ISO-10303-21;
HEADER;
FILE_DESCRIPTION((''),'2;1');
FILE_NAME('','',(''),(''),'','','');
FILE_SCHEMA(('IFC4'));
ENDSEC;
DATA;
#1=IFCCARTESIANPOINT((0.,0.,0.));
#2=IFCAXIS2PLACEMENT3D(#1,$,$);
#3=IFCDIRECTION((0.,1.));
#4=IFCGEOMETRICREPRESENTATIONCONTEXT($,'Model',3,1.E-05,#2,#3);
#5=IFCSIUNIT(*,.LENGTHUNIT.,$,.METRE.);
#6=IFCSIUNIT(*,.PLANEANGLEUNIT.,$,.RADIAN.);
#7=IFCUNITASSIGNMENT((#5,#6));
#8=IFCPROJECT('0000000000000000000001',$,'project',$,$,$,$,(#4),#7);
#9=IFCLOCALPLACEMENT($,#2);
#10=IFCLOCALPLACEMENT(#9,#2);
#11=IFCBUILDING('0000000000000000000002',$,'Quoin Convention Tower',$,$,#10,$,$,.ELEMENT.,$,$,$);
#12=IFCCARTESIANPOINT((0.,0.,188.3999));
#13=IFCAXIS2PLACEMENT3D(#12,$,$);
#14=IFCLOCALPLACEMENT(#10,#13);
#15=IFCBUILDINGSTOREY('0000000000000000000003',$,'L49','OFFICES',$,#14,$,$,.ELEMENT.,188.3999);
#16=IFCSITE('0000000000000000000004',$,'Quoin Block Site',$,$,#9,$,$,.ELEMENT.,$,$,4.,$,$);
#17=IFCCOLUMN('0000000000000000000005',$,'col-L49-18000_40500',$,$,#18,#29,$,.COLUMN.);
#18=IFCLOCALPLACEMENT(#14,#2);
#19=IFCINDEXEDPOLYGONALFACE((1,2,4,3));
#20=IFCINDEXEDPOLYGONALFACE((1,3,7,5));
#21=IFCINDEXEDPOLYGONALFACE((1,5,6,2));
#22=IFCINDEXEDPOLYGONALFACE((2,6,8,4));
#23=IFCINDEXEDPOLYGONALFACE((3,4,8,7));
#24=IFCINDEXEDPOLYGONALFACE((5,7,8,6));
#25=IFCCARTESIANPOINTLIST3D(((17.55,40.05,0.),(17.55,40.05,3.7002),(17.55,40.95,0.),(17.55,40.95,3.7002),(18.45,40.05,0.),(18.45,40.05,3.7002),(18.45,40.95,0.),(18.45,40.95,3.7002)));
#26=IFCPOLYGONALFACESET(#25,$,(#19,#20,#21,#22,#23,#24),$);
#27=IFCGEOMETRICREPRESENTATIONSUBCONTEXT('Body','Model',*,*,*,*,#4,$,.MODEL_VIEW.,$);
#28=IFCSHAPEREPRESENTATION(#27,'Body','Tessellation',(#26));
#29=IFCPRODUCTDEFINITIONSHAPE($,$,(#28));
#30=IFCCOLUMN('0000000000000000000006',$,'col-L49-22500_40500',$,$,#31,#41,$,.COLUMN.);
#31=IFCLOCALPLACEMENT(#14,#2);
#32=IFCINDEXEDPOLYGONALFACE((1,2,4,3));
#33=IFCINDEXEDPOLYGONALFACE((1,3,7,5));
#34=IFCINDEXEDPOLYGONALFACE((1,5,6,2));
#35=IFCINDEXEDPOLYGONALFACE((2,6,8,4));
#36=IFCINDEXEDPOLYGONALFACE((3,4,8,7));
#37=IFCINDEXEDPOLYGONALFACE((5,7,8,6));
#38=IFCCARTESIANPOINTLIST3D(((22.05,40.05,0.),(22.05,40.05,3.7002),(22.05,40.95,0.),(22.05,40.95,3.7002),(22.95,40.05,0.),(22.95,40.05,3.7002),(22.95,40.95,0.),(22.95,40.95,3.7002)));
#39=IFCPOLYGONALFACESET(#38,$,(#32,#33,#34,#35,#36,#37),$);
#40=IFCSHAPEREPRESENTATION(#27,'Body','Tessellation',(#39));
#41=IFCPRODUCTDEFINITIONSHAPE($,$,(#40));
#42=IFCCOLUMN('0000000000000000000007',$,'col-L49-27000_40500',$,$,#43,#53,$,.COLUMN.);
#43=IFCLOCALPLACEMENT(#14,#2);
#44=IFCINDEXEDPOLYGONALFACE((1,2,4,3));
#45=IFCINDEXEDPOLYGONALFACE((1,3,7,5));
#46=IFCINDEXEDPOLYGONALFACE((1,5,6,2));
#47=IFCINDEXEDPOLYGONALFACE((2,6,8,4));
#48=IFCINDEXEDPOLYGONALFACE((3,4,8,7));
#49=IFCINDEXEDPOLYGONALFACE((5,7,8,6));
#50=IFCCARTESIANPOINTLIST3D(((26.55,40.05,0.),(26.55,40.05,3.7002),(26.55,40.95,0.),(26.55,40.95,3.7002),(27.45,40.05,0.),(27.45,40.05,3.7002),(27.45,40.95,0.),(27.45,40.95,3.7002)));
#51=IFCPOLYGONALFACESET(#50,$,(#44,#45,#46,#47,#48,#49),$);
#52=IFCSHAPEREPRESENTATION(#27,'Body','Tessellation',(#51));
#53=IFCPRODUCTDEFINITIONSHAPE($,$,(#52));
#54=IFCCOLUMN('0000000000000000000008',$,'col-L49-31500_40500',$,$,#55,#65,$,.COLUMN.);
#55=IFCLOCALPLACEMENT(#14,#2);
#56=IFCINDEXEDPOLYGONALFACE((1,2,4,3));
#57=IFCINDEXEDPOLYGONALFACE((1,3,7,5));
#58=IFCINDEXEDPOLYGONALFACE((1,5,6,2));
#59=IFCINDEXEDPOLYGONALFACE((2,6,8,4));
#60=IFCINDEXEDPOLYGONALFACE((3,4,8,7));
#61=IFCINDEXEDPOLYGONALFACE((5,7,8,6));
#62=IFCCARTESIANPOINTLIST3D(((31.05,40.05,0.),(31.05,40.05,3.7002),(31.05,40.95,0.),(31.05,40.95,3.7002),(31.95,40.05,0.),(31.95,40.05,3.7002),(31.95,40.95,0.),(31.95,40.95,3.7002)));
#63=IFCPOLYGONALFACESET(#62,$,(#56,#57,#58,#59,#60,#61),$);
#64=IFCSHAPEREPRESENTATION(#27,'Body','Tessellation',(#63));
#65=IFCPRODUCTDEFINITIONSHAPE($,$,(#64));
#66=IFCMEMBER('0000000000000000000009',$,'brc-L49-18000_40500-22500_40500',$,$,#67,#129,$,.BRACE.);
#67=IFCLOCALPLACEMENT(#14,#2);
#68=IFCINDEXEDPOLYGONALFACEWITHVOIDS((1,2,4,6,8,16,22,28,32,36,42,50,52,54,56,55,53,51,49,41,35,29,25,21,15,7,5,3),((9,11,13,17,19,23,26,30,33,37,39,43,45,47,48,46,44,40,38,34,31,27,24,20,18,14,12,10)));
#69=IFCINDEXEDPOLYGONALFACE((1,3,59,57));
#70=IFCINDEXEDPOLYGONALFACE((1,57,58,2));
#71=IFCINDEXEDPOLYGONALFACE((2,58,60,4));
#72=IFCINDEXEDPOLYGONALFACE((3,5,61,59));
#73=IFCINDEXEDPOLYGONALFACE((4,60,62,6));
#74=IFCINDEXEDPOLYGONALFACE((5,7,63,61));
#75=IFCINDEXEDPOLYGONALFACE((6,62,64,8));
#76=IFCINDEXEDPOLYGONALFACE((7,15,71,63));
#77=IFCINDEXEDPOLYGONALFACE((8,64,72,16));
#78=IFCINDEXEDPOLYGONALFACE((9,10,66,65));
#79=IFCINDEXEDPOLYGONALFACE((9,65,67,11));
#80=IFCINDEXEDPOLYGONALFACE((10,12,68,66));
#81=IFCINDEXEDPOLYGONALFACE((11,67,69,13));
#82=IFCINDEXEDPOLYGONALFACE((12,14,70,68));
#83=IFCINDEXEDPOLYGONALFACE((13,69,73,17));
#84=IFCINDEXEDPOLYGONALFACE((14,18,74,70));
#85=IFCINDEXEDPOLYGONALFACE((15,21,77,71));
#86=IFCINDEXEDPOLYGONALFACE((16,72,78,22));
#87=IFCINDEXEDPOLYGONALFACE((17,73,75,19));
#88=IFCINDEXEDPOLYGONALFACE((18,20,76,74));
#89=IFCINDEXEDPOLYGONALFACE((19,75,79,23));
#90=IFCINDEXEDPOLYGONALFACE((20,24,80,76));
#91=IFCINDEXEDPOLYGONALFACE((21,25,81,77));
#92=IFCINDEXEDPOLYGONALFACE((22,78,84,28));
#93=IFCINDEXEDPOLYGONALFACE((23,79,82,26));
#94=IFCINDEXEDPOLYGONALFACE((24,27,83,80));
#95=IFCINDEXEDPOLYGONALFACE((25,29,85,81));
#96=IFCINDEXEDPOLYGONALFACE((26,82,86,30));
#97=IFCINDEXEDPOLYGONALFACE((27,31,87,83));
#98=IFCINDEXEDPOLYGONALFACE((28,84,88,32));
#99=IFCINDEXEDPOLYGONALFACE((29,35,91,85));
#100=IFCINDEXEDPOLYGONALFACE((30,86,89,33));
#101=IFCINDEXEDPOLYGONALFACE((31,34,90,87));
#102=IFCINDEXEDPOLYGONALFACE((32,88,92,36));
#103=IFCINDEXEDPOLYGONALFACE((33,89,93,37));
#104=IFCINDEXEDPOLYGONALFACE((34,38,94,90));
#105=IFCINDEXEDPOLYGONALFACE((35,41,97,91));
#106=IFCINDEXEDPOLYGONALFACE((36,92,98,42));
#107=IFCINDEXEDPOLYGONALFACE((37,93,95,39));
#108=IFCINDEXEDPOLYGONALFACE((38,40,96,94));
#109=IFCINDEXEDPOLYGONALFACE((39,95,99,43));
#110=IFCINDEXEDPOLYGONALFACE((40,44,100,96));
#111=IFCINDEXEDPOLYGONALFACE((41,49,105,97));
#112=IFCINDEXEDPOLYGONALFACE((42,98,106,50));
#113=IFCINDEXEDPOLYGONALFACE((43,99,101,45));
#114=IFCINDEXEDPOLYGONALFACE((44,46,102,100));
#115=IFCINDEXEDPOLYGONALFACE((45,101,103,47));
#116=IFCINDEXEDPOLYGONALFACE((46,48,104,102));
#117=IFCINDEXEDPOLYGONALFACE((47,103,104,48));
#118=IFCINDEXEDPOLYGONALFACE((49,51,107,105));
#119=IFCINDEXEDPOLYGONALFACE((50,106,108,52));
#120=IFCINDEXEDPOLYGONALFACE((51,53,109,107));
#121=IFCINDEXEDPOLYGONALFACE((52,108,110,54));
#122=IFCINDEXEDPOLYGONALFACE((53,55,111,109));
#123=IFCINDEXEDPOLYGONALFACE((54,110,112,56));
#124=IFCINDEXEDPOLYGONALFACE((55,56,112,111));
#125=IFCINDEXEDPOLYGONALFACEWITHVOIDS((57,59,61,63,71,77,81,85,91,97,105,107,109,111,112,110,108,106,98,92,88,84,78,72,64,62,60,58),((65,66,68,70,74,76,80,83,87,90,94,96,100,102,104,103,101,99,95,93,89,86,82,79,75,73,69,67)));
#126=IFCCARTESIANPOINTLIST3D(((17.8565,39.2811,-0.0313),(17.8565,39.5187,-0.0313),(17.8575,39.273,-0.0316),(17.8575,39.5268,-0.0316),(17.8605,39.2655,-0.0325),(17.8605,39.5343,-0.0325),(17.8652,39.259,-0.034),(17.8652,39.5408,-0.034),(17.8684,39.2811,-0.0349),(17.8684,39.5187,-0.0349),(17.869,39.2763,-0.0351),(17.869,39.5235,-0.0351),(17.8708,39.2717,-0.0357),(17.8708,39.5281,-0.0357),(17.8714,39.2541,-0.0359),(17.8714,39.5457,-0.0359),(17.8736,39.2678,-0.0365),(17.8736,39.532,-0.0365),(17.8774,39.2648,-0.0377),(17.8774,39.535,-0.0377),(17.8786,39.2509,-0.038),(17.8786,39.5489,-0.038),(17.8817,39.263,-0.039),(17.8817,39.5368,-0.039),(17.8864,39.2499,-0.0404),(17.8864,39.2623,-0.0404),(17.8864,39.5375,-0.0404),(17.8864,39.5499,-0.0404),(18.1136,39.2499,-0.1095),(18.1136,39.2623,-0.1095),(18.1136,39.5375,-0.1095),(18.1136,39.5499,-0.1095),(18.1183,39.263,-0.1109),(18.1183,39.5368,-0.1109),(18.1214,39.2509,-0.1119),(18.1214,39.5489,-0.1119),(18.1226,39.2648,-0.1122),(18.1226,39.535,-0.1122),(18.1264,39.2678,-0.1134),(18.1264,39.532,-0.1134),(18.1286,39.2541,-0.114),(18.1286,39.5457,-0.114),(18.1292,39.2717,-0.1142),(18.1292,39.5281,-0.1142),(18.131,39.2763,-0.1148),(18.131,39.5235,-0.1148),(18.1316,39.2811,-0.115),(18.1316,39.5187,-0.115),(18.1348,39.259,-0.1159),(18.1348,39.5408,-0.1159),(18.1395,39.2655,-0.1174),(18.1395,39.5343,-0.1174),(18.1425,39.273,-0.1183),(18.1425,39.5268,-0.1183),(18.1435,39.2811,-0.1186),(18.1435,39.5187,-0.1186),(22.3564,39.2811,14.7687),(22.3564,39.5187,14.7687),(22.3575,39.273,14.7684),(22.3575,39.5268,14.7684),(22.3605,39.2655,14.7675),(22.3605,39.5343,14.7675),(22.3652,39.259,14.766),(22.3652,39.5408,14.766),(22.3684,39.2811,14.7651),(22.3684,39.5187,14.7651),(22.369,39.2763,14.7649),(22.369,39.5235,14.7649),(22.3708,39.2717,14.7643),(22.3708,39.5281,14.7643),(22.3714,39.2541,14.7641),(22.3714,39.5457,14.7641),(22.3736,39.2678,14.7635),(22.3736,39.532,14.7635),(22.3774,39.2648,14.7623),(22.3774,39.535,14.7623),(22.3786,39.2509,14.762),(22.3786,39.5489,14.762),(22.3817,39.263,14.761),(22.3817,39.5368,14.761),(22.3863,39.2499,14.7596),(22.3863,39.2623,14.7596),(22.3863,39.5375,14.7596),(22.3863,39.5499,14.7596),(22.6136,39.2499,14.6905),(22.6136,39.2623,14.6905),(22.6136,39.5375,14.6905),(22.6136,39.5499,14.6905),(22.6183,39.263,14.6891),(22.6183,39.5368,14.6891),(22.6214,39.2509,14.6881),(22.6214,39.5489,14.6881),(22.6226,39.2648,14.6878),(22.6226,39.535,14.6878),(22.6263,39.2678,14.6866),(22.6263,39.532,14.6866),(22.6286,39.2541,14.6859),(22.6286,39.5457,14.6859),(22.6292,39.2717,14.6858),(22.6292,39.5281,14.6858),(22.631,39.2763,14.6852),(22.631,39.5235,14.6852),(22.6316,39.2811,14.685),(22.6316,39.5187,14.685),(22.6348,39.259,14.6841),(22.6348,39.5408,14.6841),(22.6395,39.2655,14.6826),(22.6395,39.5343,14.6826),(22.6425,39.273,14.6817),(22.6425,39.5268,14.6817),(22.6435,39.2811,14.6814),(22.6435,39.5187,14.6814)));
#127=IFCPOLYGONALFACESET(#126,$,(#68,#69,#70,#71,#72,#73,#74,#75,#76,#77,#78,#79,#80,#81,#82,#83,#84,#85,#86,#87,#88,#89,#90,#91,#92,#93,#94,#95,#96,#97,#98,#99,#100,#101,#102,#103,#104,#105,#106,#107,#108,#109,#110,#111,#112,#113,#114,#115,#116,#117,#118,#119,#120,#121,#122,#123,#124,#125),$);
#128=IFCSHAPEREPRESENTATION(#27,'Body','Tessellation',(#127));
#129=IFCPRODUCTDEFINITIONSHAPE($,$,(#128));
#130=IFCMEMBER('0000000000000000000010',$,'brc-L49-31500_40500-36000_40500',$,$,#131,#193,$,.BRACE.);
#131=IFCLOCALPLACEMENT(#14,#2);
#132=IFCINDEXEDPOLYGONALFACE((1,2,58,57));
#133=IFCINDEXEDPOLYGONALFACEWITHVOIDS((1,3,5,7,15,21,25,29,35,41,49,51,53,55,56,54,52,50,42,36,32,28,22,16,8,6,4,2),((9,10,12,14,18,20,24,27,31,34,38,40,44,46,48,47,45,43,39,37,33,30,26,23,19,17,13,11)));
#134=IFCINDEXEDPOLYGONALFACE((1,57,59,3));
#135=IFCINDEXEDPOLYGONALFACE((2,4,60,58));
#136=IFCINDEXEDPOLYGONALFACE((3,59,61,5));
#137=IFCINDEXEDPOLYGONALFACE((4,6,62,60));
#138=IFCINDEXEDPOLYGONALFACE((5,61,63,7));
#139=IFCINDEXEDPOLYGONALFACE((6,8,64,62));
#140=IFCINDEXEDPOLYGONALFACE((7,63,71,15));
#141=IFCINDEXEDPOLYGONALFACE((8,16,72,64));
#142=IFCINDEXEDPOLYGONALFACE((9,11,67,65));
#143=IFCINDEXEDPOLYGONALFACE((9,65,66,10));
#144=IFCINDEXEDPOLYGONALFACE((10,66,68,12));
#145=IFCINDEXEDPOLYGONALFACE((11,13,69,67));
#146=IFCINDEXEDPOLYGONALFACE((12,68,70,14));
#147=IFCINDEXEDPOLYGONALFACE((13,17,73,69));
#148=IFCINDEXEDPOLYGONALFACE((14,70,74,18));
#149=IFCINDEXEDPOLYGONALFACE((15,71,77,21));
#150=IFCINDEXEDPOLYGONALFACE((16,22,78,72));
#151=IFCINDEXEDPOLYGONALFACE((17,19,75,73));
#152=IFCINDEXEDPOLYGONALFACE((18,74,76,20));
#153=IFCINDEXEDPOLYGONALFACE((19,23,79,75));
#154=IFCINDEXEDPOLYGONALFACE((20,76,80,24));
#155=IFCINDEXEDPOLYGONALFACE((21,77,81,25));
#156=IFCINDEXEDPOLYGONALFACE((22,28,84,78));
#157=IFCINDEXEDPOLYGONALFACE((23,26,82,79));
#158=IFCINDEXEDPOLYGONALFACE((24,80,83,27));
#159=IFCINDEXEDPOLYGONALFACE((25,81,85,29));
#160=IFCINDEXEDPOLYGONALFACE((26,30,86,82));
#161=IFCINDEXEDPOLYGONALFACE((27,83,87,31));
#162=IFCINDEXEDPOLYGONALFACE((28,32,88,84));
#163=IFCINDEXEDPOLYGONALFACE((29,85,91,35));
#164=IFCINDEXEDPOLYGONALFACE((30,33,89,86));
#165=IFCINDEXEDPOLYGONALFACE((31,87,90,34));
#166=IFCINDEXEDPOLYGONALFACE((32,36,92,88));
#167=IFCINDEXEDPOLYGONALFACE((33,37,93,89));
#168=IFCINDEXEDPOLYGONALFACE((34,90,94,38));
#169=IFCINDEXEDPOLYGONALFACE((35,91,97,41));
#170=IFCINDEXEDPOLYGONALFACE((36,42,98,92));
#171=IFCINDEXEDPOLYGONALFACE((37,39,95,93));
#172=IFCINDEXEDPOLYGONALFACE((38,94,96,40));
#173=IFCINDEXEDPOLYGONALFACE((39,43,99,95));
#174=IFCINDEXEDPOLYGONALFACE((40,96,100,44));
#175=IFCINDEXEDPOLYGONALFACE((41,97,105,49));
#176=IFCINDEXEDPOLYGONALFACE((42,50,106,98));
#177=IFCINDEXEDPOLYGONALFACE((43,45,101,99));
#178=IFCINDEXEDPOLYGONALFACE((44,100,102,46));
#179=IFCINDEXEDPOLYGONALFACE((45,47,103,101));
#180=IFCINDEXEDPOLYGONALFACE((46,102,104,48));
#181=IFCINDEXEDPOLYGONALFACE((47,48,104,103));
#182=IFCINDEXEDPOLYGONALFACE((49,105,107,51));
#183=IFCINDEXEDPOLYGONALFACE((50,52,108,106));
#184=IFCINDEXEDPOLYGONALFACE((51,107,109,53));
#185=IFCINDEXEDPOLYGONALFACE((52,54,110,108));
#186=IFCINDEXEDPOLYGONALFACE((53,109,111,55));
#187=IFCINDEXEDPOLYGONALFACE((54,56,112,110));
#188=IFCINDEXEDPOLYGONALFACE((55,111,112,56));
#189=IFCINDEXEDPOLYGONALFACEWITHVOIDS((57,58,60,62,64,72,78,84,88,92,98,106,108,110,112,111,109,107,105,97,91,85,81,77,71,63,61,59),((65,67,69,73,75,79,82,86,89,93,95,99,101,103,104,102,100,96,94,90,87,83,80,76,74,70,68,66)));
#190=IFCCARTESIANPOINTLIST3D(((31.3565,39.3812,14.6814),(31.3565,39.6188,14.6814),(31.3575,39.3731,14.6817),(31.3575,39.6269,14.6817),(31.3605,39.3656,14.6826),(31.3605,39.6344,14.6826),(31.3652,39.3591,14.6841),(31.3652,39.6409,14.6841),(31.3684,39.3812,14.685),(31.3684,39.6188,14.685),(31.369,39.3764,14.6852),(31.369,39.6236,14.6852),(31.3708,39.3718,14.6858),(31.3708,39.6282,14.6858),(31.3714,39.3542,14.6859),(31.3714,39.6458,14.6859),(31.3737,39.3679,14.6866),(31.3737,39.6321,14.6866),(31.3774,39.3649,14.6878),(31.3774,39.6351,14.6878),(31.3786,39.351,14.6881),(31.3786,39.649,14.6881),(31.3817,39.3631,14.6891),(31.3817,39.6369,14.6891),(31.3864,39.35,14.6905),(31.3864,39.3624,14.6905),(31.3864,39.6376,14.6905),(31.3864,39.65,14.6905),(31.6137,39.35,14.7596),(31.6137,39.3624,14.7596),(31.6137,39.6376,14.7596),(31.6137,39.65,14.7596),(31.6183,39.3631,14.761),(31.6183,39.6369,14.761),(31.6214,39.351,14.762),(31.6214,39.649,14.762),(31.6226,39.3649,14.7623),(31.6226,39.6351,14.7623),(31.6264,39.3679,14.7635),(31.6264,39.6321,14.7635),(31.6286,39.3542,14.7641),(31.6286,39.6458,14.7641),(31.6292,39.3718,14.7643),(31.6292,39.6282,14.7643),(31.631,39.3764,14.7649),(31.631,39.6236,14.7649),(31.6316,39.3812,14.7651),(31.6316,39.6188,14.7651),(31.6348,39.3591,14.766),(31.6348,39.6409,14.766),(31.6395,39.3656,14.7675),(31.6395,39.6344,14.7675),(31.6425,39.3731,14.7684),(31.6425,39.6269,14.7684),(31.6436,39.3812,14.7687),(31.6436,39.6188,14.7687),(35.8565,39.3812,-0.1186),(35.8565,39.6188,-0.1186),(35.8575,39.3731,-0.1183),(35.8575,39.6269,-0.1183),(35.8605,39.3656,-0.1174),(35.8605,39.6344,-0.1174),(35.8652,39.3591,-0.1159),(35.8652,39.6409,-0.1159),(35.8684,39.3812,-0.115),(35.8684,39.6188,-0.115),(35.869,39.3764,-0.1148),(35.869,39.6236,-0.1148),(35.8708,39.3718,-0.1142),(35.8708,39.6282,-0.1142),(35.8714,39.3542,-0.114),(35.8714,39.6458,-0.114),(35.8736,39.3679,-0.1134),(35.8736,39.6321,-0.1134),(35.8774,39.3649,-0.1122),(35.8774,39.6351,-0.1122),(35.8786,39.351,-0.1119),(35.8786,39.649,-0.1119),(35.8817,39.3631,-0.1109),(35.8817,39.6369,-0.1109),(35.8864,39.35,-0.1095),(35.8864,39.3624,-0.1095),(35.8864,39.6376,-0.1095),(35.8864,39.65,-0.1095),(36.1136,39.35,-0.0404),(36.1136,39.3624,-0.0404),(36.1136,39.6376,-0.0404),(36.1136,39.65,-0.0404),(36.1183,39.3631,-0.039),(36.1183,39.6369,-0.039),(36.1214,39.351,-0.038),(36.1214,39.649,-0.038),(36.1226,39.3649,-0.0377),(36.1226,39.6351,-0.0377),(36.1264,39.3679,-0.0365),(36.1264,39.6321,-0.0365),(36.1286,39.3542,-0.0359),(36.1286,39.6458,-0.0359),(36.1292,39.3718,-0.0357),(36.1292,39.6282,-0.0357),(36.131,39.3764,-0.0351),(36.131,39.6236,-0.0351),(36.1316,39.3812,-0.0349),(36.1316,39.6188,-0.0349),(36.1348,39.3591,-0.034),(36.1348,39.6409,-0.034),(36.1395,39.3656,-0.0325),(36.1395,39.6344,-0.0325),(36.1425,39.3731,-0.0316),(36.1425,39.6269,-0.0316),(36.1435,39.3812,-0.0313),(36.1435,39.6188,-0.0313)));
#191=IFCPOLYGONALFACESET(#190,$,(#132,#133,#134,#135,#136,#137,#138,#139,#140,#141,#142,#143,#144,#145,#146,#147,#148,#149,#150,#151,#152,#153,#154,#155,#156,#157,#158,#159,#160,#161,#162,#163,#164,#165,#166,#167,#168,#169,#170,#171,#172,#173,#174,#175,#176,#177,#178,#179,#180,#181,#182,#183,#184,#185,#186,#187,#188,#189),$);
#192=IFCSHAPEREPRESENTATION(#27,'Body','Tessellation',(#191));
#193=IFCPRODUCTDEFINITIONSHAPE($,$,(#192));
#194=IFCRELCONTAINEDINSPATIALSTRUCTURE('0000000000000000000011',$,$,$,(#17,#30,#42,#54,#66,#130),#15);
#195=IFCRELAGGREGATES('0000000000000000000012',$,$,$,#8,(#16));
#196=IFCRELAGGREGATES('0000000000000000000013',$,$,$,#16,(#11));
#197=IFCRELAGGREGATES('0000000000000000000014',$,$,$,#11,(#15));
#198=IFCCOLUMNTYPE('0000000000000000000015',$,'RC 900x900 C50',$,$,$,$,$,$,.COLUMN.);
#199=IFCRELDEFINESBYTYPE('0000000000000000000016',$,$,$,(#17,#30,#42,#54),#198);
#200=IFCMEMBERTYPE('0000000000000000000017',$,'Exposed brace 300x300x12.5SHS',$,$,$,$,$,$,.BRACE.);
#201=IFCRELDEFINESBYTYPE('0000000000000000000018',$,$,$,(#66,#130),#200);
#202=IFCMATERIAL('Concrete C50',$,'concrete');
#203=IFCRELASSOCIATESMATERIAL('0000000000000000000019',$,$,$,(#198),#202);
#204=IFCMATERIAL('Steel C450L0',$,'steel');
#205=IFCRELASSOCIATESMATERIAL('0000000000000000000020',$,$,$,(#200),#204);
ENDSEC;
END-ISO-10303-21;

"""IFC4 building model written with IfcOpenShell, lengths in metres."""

from ifc_helpers import new_model, si_unit, direction, frame, origin, origin_2d, place, context, subcontext, project, spatial, rectangle, hollow_rectangle, extrude, material, material_profile, profile_set, type_object, element, save


model = new_model("IFC4")

# Units and contexts
model_context = context("Model", 3, precision=1e-05, world=origin(), true_north=direction((0.0, 1.0)))
body_context = subcontext(model_context, "Body", "Model", "MODEL_VIEW")
ifc_project = project(units=[si_unit("LENGTHUNIT", "METRE"), si_unit("PLANEANGLEUNIT", "RADIAN")], contexts=[model_context])

# Site, building, storey
site_placement = place(None, origin())
site = spatial("IfcSite", under=ifc_project, at=site_placement, Name="Quoin Block Site", CompositionType="ELEMENT", RefElevation=4.0)
building_placement = place(site_placement, origin())
building = spatial("IfcBuilding", under=site, at=building_placement, Name="Quoin Convention Tower", CompositionType="ELEMENT")
storey_placement = place(building_placement, frame((0.0, 0.0, 188.3999)))
storey = spatial("IfcBuildingStorey", under=building, at=storey_placement, Name="L49", Description="OFFICES", CompositionType="ELEMENT", Elevation=188.3999)

# Columns
ifc_material_1 = material(Name="Concrete C50", Category="concrete")
ifc_material_profile_1 = material_profile(ifc_material_1, rectangle(XDim=0.8999, YDim=0.8999, at=origin_2d()), Name="RC 900x900")
ifc_profile_set_1 = profile_set([ifc_material_profile_1], Name="Concrete C50")
column_type = type_object("IfcColumnType", Name="RC 900x900 C50", PredefinedType="COLUMN", material=ifc_profile_set_1)
for number, where, z_axis, x_axis, name in (
    (1, (18.0, 40.5, 0.0), (0.0, 0.0, 1.0), (1.0, 0.0, 0.0), "col-L49-18000_40500"),
    (2, (22.5, 40.5, 0.0), (0.0, 0.0, 1.0), (1.0, 0.0, 0.0), "col-L49-22500_40500"),
    (3, (27.0, 40.5, 0.0), (0.0, 0.0, 1.0), (1.0, 0.0, 0.0), "col-L49-27000_40500"),
    (4, (31.5, 40.5, 0.0), (0.0, 0.0, 1.0), (1.0, 0.0, 0.0), "col-L49-31500_40500"),
):
    element("IfcColumn", number, at=place(storey_placement, frame(where, z_axis=z_axis, x_axis=x_axis)), inside=storey, type_object=column_type, Name=name, PredefinedType="COLUMN", context=body_context, shape_type="SweptSolid", body=[
        extrude(rectangle(XDim=0.8999, YDim=0.8999, at=origin_2d()), origin(), (0.0, 0.0, 1.0), 3.7002),
    ])

# Members
ifc_material_2 = material(Name="Steel C450L0", Category="steel")
ifc_material_profile_2 = material_profile(ifc_material_2, hollow_rectangle(XDim=0.3, YDim=0.3, WallThickness=0.0125, InnerFilletRadius=0.0188, OuterFilletRadius=0.0312, at=origin_2d()), Name="300x300x12.5SHS")
ifc_profile_set_2 = profile_set([ifc_material_profile_2], Name="Steel C450L0")
member_type = type_object("IfcMemberType", Name="Exposed brace 300x300x12.5SHS", PredefinedType="BRACE", material=ifc_profile_set_2)
for number, where, z_axis, x_axis, name in (
    (5, (18.0, 39.3999, -0.075), (0.290903, 0.0, 0.956752), (0.0, 1.0, 0.0), "brc-L49-18000_40500-22500_40500"),
    (6, (36.0, 39.5, -0.075), (-0.290903, 0.0, 0.956752), (0.0, -1.0, 0.0), "brc-L49-31500_40500-36000_40500"),
):
    element("IfcMember", number, at=place(storey_placement, frame(where, z_axis=z_axis, x_axis=x_axis)), inside=storey, type_object=member_type, Name=name, PredefinedType="BRACE", context=body_context, shape_type="SweptSolid", body=[
        extrude(hollow_rectangle(XDim=0.3, YDim=0.3, WallThickness=0.0125, InnerFilletRadius=0.0188, OuterFilletRadius=0.0312, at=origin_2d()), origin(), (0.0, 0.0, 1.0), 15.469),
    ])

save(model, "model.ifc")
